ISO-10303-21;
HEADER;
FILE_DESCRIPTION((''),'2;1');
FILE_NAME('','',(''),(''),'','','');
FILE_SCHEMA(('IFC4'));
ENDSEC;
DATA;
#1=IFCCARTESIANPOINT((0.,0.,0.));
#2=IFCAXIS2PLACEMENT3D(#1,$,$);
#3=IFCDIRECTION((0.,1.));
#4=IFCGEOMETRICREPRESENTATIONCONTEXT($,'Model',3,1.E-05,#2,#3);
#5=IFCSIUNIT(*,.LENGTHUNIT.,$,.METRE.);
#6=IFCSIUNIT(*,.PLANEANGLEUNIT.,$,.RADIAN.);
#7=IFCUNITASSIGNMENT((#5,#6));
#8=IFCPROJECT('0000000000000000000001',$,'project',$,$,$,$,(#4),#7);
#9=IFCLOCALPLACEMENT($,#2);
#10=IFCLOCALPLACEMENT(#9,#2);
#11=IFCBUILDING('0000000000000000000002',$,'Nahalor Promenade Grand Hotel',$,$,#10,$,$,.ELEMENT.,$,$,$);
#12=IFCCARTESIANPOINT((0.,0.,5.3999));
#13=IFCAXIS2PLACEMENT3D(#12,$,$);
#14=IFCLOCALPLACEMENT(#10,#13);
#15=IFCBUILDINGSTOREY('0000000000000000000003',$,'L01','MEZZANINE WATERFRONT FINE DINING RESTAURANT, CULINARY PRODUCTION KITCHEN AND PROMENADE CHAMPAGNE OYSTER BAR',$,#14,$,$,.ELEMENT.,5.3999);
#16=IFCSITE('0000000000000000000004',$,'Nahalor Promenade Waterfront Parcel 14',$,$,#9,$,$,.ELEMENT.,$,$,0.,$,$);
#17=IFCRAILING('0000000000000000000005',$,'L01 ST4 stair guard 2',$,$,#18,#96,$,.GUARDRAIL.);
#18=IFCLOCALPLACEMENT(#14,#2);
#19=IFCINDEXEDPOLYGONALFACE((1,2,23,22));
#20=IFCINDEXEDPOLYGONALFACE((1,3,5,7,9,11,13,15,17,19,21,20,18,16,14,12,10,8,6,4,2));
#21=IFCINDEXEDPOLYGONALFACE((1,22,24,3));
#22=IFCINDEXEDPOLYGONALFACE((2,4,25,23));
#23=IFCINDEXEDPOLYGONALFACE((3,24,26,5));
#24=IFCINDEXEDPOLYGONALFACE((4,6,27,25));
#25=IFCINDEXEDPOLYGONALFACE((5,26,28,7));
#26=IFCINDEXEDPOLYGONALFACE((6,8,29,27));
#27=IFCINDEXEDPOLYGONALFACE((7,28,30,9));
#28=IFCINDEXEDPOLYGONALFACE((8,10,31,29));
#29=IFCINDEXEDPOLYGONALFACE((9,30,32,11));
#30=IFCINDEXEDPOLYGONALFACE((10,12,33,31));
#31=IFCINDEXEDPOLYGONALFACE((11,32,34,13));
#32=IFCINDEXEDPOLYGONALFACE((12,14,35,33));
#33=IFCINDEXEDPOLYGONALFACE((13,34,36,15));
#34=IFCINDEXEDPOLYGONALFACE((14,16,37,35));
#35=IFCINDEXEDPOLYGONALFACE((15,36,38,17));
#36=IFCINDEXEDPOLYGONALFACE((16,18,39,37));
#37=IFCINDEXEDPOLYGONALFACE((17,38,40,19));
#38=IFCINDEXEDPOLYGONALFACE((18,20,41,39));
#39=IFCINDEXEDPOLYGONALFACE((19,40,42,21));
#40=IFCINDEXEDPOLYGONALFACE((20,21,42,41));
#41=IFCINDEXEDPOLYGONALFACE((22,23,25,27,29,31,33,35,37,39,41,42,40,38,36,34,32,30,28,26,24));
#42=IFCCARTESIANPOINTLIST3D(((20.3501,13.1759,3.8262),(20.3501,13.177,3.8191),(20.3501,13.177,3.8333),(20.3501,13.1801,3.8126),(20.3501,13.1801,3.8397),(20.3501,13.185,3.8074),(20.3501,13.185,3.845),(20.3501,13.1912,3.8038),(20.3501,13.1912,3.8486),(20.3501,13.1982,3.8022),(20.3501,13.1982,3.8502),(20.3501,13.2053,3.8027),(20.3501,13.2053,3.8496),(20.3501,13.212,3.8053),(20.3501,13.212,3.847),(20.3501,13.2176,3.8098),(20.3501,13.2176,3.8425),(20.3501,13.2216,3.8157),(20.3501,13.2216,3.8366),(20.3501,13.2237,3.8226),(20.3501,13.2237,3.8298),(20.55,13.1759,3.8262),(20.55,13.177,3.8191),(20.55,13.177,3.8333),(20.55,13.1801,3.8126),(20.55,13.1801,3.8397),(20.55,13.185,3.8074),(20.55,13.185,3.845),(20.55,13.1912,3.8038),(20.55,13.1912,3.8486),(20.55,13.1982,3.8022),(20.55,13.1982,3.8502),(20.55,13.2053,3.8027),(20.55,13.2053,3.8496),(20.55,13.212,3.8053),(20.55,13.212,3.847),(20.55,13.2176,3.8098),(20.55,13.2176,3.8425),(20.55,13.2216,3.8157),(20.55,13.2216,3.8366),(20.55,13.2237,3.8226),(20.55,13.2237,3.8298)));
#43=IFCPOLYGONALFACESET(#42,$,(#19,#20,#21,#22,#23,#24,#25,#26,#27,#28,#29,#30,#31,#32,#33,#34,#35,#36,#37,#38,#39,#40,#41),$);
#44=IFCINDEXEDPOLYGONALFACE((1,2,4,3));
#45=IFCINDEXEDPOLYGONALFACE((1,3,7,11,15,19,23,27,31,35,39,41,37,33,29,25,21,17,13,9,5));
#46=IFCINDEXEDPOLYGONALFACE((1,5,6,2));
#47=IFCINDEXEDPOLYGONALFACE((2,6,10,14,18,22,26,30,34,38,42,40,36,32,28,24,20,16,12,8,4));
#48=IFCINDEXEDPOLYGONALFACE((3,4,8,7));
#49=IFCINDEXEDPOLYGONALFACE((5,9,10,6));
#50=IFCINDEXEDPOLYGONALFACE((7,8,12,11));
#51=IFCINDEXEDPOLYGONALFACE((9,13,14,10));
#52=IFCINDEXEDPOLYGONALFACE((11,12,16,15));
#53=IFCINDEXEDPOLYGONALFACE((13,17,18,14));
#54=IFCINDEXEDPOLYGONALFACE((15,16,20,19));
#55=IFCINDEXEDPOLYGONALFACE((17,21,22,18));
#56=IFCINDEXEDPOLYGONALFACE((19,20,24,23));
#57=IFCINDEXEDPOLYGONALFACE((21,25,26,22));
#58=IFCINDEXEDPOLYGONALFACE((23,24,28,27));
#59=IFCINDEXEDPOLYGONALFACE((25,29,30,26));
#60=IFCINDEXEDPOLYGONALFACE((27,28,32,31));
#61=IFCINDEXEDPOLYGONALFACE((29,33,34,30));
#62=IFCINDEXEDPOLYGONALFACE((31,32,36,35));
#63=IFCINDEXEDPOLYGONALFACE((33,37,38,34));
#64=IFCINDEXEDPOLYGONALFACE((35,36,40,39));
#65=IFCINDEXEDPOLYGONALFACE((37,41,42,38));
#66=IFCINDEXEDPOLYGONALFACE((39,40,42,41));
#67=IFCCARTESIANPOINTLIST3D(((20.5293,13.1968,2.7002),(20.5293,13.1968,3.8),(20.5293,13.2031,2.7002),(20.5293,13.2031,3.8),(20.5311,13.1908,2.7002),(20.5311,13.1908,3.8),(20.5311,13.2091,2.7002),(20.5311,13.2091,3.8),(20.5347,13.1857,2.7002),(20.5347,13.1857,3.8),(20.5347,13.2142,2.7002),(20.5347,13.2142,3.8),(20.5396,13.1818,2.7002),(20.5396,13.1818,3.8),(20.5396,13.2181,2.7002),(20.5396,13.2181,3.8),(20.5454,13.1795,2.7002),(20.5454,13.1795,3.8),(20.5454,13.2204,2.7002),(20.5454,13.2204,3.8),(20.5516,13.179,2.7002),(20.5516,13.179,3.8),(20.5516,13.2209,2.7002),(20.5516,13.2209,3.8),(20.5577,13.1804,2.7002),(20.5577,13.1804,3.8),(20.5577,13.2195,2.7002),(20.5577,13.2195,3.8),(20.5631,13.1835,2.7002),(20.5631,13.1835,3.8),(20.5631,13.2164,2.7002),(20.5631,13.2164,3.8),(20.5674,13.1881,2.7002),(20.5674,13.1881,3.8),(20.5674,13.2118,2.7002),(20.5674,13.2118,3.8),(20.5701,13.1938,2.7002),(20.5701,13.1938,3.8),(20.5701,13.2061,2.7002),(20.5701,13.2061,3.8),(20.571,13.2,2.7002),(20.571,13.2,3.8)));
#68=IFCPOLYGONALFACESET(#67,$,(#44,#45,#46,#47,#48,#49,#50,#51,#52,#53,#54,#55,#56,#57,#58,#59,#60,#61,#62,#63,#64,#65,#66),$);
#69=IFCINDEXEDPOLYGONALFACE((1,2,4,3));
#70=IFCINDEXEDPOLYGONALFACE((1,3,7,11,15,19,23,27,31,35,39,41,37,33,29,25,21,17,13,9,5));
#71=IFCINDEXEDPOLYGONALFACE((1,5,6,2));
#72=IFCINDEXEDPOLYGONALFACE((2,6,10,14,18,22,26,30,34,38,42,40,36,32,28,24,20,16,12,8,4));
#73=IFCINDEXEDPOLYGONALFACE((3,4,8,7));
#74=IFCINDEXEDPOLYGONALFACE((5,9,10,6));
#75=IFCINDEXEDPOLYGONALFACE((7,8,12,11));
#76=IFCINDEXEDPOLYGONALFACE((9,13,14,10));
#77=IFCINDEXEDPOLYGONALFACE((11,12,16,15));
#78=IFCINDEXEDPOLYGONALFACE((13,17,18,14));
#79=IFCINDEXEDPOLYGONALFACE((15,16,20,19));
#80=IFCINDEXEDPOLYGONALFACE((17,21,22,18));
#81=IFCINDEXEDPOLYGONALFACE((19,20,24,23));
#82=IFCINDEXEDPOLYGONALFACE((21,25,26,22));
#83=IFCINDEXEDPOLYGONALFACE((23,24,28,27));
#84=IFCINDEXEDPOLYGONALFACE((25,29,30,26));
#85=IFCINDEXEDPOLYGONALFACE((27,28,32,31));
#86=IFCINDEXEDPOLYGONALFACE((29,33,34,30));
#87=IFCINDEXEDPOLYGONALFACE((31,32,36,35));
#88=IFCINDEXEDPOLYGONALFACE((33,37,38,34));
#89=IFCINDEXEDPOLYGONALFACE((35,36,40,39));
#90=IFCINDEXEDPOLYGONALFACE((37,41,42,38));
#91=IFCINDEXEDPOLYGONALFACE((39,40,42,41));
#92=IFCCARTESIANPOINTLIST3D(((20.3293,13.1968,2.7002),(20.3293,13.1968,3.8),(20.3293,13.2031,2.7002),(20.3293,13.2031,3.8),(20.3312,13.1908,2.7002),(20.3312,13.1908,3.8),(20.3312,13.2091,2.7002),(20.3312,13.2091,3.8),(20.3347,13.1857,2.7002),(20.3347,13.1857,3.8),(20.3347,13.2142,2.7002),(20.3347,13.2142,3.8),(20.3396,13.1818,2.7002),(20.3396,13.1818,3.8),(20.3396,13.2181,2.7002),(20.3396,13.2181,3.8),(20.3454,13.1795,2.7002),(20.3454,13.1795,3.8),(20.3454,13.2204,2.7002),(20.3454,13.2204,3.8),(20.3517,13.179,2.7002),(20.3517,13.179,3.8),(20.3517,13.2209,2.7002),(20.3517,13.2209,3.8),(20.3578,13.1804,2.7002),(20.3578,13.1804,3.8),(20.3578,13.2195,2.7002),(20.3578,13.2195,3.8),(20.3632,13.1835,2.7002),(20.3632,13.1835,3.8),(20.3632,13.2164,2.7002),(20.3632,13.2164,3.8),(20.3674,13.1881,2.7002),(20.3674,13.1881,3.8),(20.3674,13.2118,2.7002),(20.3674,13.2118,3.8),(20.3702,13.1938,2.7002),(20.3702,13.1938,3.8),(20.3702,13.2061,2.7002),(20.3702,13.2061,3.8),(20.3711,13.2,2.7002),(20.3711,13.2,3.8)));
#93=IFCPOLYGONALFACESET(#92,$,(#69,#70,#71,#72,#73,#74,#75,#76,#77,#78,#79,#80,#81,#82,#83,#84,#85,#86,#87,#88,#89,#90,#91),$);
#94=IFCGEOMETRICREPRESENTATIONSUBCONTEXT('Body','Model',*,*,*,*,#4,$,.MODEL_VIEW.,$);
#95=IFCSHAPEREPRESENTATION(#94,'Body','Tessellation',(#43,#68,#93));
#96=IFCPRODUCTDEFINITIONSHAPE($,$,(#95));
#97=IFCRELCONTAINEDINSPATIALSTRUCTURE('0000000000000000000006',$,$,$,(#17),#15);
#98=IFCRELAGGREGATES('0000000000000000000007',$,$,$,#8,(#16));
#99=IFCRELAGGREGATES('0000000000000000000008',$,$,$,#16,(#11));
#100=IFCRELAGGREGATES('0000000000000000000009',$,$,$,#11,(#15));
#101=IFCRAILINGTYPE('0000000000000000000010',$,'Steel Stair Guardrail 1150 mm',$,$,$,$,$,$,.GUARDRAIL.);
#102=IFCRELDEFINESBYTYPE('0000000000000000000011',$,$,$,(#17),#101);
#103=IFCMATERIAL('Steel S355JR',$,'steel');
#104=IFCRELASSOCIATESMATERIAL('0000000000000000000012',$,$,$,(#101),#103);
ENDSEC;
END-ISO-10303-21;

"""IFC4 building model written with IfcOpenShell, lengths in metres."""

from ifc_helpers import new_model, si_unit, direction, frame, origin, origin_2d, place, context, subcontext, project, spatial, circle, extrude, material, type_object, element, save


model = new_model("IFC4")

# Units and contexts
model_context = context("Model", 3, precision=1e-05, world=origin(), true_north=direction((0.0, 1.0)))
body_context = subcontext(model_context, "Body", "Model", "MODEL_VIEW")
ifc_project = project(units=[si_unit("LENGTHUNIT", "METRE"), si_unit("PLANEANGLEUNIT", "RADIAN")], contexts=[model_context])

# Site, building, storey
site_placement = place(None, origin())
site = spatial("IfcSite", under=ifc_project, at=site_placement, Name="Nahalor Promenade Waterfront Parcel 14", CompositionType="ELEMENT", RefElevation=0.0)
building_placement = place(site_placement, origin())
building = spatial("IfcBuilding", under=site, at=building_placement, Name="Nahalor Promenade Grand Hotel", CompositionType="ELEMENT")
storey_placement = place(building_placement, frame((0.0, 0.0, 5.3999)))
storey = spatial("IfcBuildingStorey", under=building, at=storey_placement, Name="L01", Description="MEZZANINE WATERFRONT FINE DINING RESTAURANT, CULINARY PRODUCTION KITCHEN AND PROMENADE CHAMPAGNE OYSTER BAR", CompositionType="ELEMENT", Elevation=5.3999)

# Shared definitions
ifc_material_1 = material(Name="Steel S355JR", Category="steel")

# Railing
railing_type_1 = type_object("IfcRailingType", Name="Steel Stair Guardrail 1150 mm", PredefinedType="GUARDRAIL", material=ifc_material_1)
railing_1_placement = place(storey_placement, frame((20.55, 13.2, 2.7002)))
element("IfcRailing", 1, at=railing_1_placement, inside=storey, type_object=railing_type_1, Name="L01 ST4 stair guard 2", PredefinedType="GUARDRAIL", context=body_context, shape_type="SweptSolid", body=[
    extrude(circle(Radius=0.024, at=origin_2d()), frame((0.0, 0.0, 1.126), z_axis=(-1.0, 0.0, 0.0), x_axis=(0.0, -1.0, 0.0)), (0.0, 0.0, 1.0), 0.2),
    extrude(circle(Radius=0.021, at=origin_2d()), origin(), (0.0, 0.0, 1.0), 1.0999),
    extrude(circle(Radius=0.021, at=origin_2d()), frame((-0.2, 0.0, 0.0)), (0.0, 0.0, 1.0), 1.0999),
])

save(model, "model.ifc")
